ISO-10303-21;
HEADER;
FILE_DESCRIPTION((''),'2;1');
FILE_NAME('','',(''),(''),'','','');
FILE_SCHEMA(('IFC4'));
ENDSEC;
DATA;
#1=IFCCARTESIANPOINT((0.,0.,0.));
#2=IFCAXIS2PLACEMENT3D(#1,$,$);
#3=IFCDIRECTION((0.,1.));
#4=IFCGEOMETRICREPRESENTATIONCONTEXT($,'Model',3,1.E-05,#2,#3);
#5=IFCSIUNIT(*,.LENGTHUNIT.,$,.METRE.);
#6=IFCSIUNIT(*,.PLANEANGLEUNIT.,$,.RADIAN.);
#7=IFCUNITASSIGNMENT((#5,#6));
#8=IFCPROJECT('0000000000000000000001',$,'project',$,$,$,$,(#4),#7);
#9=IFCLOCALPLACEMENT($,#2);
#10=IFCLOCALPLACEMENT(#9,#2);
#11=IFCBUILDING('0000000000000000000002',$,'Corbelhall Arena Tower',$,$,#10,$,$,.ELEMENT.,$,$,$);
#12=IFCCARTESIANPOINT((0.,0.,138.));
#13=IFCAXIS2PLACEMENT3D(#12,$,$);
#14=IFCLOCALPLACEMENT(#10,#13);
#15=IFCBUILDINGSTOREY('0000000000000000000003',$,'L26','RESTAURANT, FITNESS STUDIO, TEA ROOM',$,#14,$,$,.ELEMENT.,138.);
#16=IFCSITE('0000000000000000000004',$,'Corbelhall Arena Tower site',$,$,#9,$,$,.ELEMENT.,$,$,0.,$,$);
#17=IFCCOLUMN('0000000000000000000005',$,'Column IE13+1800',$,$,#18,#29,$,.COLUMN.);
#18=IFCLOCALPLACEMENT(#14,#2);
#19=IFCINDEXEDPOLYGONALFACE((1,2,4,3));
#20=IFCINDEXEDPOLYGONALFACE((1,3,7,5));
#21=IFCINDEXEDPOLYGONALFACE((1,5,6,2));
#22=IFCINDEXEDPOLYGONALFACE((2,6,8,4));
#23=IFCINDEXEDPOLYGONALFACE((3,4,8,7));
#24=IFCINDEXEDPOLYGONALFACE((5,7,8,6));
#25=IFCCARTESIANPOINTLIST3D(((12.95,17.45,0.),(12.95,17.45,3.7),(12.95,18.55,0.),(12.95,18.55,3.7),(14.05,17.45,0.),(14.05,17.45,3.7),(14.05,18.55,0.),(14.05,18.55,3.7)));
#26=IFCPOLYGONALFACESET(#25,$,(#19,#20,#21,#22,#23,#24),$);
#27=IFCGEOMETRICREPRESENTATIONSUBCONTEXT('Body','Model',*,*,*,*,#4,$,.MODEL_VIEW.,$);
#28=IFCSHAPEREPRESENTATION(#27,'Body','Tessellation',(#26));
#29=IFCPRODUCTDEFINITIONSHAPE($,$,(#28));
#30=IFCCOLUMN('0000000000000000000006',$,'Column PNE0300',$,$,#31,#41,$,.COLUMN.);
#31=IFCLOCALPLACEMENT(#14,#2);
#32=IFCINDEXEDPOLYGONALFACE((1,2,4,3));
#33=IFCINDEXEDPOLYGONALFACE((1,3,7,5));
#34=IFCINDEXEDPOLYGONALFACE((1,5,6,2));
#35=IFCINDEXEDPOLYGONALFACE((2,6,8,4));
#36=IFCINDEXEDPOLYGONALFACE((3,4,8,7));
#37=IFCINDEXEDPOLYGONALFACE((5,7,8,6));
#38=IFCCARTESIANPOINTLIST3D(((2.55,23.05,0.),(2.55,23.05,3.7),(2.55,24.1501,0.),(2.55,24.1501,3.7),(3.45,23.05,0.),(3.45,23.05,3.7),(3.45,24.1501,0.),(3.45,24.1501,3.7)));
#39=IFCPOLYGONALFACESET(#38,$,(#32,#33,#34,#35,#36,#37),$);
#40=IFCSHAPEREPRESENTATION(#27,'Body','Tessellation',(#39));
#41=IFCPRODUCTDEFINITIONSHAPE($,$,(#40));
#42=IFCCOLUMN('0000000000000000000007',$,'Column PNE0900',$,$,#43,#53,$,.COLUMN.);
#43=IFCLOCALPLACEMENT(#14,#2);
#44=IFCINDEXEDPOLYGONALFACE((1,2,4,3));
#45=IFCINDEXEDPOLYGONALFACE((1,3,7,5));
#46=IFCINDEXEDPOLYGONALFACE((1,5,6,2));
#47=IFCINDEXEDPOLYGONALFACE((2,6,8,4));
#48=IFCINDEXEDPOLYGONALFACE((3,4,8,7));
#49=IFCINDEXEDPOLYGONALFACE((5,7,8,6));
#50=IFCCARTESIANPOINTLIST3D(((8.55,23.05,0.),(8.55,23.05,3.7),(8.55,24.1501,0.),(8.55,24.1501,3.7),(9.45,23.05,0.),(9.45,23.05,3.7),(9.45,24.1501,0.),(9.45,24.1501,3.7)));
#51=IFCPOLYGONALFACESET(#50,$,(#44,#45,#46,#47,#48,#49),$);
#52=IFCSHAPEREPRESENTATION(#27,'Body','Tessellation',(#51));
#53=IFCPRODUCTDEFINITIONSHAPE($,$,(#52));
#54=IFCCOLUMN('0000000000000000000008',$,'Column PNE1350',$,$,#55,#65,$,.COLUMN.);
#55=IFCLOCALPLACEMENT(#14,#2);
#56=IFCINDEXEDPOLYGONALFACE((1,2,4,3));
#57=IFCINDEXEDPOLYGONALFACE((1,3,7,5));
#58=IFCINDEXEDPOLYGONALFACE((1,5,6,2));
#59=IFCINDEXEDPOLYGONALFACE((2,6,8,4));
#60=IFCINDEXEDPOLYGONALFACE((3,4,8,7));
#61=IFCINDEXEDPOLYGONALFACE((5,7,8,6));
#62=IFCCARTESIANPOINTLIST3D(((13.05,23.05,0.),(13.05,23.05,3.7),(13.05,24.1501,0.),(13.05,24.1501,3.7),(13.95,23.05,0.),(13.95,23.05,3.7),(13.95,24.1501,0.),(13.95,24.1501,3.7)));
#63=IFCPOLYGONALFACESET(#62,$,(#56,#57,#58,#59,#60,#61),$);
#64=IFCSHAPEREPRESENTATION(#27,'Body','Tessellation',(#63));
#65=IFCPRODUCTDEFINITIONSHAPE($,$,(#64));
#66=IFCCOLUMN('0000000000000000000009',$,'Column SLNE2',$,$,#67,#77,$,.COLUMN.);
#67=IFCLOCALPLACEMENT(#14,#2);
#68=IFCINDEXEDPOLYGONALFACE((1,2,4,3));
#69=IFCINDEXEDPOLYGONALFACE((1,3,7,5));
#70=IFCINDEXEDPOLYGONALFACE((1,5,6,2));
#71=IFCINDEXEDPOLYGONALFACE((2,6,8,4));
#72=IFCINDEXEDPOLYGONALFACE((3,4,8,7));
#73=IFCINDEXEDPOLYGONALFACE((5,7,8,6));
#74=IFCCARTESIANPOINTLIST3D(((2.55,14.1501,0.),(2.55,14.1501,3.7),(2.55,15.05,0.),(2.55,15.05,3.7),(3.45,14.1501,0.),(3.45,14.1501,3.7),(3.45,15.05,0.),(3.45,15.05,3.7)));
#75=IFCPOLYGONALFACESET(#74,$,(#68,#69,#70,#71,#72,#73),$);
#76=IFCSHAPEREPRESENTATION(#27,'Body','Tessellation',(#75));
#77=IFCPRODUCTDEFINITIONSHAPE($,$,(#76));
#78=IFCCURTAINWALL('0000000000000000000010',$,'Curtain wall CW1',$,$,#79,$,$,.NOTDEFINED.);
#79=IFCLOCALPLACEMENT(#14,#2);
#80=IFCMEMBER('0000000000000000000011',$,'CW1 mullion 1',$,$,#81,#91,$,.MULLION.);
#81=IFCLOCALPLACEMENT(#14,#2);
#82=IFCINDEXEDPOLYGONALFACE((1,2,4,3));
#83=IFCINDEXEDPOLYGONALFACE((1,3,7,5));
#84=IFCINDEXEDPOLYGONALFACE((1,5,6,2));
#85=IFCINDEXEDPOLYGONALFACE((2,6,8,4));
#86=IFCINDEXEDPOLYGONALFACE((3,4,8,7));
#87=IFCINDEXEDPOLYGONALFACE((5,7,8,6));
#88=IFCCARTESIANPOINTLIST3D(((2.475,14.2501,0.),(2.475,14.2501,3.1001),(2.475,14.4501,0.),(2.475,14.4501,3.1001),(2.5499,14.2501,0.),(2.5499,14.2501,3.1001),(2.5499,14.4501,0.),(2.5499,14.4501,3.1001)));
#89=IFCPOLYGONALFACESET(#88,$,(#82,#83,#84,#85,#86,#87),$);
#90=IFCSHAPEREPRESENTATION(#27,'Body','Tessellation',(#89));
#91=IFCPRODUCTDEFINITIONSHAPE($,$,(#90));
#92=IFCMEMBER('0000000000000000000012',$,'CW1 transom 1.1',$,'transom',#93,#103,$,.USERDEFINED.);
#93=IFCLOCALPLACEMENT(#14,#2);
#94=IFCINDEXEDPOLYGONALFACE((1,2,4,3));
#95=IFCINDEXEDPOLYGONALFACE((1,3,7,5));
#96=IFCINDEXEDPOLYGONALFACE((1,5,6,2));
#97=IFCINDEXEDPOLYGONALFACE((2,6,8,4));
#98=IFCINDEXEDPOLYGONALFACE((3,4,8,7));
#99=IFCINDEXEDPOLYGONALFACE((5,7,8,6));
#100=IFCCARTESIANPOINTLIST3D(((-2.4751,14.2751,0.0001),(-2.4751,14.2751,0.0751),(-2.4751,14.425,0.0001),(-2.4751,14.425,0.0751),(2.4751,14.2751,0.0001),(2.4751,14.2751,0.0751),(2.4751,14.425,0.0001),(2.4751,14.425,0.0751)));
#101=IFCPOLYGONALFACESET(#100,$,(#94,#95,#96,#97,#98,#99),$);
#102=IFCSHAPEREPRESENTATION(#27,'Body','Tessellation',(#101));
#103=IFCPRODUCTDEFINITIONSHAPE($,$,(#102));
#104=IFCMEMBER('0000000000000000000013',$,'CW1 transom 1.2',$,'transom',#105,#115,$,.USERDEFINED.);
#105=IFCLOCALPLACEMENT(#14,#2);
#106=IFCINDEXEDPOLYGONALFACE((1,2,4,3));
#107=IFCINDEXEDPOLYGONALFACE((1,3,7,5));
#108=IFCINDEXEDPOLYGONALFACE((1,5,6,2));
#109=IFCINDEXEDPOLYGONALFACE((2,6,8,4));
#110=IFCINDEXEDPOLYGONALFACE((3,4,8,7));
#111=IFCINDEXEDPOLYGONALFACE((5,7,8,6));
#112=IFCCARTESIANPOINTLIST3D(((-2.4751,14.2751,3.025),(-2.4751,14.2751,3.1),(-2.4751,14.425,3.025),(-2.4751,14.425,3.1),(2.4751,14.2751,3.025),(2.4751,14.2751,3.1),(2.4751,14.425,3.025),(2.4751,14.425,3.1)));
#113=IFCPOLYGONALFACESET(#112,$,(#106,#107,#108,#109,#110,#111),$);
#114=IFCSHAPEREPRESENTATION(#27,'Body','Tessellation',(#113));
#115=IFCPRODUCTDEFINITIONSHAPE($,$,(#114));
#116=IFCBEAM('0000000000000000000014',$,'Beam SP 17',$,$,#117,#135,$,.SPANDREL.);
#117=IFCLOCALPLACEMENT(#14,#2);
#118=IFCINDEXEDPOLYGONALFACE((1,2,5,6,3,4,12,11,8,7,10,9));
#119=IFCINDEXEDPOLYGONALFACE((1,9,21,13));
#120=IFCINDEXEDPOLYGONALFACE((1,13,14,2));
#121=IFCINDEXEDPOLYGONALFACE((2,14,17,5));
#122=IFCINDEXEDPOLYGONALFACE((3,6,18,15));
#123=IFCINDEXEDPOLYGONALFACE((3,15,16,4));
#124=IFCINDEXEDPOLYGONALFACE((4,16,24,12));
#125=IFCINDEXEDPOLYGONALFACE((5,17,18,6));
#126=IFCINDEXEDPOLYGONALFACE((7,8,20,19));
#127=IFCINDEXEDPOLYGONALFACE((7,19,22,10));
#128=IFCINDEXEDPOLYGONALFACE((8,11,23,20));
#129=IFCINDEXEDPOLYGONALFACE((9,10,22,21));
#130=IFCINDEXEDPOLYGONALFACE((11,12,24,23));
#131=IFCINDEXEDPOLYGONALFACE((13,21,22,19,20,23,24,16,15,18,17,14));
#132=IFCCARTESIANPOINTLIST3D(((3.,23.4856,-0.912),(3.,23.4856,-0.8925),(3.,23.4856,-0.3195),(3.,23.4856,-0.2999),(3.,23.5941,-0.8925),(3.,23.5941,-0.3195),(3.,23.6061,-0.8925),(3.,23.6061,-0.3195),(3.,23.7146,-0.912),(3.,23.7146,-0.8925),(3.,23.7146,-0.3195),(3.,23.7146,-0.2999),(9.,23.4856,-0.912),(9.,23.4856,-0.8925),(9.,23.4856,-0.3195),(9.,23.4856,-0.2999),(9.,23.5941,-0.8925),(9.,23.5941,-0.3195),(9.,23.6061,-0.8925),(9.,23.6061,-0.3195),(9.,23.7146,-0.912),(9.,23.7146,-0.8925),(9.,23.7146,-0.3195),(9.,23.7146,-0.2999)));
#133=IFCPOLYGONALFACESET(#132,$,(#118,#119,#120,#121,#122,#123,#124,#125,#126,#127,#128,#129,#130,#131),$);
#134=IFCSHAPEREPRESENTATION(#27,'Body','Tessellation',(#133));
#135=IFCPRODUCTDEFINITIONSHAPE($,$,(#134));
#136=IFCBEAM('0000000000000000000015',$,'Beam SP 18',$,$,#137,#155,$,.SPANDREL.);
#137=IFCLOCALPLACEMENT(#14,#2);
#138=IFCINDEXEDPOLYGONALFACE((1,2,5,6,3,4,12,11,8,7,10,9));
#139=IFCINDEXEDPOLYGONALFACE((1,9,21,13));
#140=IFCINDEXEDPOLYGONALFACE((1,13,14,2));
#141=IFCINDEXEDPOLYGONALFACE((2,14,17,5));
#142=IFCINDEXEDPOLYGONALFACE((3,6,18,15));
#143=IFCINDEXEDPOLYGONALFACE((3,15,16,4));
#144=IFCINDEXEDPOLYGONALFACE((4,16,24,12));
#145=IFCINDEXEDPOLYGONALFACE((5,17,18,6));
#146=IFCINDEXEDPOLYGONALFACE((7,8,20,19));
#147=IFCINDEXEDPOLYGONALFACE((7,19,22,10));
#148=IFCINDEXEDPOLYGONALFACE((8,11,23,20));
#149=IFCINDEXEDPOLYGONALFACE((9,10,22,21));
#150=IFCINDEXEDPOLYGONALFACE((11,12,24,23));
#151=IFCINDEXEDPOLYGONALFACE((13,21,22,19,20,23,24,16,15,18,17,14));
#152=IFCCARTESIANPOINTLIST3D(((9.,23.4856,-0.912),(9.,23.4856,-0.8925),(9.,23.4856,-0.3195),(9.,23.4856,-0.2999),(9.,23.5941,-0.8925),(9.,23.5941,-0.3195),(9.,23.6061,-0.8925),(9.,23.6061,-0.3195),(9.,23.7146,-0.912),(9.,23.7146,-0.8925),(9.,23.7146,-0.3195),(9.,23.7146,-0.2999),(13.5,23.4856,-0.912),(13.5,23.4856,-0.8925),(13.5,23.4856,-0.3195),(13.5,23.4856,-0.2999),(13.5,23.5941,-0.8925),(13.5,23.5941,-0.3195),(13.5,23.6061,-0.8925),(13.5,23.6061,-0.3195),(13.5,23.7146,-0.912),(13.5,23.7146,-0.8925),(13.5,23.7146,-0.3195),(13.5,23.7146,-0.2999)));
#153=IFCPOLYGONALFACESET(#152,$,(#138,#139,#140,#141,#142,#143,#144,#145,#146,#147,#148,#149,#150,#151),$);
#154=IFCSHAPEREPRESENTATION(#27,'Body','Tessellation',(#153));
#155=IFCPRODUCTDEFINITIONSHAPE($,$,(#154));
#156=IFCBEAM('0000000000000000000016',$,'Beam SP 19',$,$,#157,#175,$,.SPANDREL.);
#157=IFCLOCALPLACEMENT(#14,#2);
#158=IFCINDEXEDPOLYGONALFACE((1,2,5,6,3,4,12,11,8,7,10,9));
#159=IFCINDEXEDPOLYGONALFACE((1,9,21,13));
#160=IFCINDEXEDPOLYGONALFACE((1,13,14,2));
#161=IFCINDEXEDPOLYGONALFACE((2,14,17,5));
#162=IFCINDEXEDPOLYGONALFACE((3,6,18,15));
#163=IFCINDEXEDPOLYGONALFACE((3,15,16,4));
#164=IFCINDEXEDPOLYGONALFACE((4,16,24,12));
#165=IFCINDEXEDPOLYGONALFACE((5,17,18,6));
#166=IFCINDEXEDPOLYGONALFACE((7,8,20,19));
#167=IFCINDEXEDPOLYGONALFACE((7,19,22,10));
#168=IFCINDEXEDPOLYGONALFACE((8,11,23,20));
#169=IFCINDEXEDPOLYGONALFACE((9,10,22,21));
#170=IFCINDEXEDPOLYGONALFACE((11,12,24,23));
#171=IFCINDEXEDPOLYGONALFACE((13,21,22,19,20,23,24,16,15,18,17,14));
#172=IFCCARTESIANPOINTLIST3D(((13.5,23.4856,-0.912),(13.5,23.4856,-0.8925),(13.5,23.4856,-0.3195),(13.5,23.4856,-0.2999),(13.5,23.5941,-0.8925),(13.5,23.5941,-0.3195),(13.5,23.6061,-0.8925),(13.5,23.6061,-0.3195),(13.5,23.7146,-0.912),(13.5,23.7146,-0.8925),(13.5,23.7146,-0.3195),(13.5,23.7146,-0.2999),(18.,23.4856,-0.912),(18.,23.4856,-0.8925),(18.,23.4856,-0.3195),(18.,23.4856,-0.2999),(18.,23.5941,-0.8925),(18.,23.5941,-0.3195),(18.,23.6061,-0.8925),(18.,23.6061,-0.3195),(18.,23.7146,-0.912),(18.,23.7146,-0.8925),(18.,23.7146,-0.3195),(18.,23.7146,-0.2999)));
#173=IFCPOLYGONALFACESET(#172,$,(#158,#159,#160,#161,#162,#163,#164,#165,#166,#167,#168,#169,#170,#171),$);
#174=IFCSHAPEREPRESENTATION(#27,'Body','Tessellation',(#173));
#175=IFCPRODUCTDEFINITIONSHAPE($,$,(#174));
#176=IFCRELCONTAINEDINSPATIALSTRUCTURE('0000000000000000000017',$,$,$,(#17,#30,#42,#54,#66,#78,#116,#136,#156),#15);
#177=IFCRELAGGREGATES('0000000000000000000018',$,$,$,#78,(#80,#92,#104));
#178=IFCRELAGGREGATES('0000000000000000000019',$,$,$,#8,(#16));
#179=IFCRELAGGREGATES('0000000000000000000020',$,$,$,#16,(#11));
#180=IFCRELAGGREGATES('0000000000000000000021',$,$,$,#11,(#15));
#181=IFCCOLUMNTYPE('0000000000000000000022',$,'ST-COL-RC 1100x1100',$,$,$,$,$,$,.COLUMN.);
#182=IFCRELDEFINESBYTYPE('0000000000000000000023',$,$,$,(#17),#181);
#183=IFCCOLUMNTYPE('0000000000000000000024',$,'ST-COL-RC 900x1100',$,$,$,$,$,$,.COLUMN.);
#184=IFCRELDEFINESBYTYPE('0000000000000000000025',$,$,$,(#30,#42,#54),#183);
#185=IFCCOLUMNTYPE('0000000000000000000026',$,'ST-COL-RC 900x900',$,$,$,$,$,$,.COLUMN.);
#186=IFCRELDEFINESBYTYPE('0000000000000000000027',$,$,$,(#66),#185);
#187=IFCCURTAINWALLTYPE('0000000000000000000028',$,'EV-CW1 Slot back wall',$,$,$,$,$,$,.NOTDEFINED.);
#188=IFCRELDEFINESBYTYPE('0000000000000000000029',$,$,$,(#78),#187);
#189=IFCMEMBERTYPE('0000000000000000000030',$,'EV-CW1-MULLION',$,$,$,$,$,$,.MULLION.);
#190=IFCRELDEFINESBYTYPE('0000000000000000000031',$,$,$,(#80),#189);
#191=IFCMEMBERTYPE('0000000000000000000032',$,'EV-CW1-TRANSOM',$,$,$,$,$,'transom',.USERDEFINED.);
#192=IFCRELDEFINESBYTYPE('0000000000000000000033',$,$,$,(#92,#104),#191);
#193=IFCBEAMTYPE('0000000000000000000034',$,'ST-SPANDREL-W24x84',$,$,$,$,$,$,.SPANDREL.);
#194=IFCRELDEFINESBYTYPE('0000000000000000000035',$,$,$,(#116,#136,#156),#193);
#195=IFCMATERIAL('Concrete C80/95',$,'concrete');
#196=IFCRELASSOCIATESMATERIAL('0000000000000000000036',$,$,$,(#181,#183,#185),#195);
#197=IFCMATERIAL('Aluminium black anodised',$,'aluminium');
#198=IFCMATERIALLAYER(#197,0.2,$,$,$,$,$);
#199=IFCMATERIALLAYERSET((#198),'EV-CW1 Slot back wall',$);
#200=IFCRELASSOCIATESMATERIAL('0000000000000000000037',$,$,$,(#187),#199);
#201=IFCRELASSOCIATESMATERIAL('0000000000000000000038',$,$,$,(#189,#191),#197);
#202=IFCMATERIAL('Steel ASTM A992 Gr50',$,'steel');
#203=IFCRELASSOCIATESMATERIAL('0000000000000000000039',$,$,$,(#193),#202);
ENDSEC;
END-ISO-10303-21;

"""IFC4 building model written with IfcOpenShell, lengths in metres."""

from ifc_helpers import new_model, si_unit, direction, frame, origin, origin_2d, place, context, subcontext, project, spatial, rectangle, i_section, extrude, material, layer, layer_set, material_profile, profile_set, type_object, element, aggregate, save


model = new_model("IFC4")

# Units and contexts
model_context = context("Model", 3, precision=1e-05, world=origin(), true_north=direction((0.0, 1.0)))
body_context = subcontext(model_context, "Body", "Model", "MODEL_VIEW")
ifc_project = project(units=[si_unit("LENGTHUNIT", "METRE"), si_unit("PLANEANGLEUNIT", "RADIAN")], contexts=[model_context])

# Site, building, storey
site_placement = place(None, origin())
site = spatial("IfcSite", under=ifc_project, at=site_placement, Name="Corbelhall Arena Tower site", CompositionType="ELEMENT", RefElevation=0.0)
building_placement = place(site_placement, origin())
building = spatial("IfcBuilding", under=site, at=building_placement, Name="Corbelhall Arena Tower", CompositionType="ELEMENT")
storey_placement = place(building_placement, frame((0.0, 0.0, 138.0)))
storey = spatial("IfcBuildingStorey", under=building, at=storey_placement, Name="L26", Description="RESTAURANT, FITNESS STUDIO, TEA ROOM", CompositionType="ELEMENT", Elevation=138.0)

# Columns
ifc_material_1 = material(Name="Concrete C80/95", Category="concrete")
ifc_material_profile_1 = material_profile(ifc_material_1, rectangle(XDim=1.1001, YDim=1.1001, at=origin_2d()))
ifc_profile_set_1 = profile_set([ifc_material_profile_1], Name="Concrete C80/95")
column_type_1 = type_object("IfcColumnType", Name="ST-COL-RC 1100x1100", PredefinedType="COLUMN", material=ifc_profile_set_1)
column_1_placement = place(storey_placement, frame((13.5, 18.0, 0.0), z_axis=(0.0, 0.0, 1.0), x_axis=(1.0, 0.0, 0.0)))
element("IfcColumn", 1, at=column_1_placement, inside=storey, type_object=column_type_1, Name="Column IE13+1800", PredefinedType="COLUMN", context=body_context, shape_type="SweptSolid", body=[
    extrude(rectangle(XDim=1.1001, YDim=1.1001, at=origin_2d()), origin(), (0.0, 0.0, 1.0), 3.7),
])
ifc_material_profile_2 = material_profile(ifc_material_1, rectangle(XDim=0.8999, YDim=1.1001, at=origin_2d()))
ifc_profile_set_2 = profile_set([ifc_material_profile_2], Name="Concrete C80/95")
column_type_2 = type_object("IfcColumnType", Name="ST-COL-RC 900x1100", PredefinedType="COLUMN", material=ifc_profile_set_2)
for number, where, z_axis, x_axis, name in (
    (2, (3.0, 23.6001, 0.0), (0.0, 0.0, 1.0), (1.0, 0.0, 0.0), "Column PNE0300"),
    (3, (9.0, 23.6001, 0.0), (0.0, 0.0, 1.0), (1.0, 0.0, 0.0), "Column PNE0900"),
    (4, (13.5, 23.6001, 0.0), (0.0, 0.0, 1.0), (1.0, 0.0, 0.0), "Column PNE1350"),
):
    element("IfcColumn", number, at=place(storey_placement, frame(where, z_axis=z_axis, x_axis=x_axis)), inside=storey, type_object=column_type_2, Name=name, PredefinedType="COLUMN", context=body_context, shape_type="SweptSolid", body=[
        extrude(rectangle(XDim=0.8999, YDim=1.1001, at=origin_2d()), origin(), (0.0, 0.0, 1.0), 3.7),
    ])
ifc_material_profile_3 = material_profile(ifc_material_1, rectangle(XDim=0.8999, YDim=0.8999, at=origin_2d()))
ifc_profile_set_3 = profile_set([ifc_material_profile_3], Name="Concrete C80/95")
column_type_3 = type_object("IfcColumnType", Name="ST-COL-RC 900x900", PredefinedType="COLUMN", material=ifc_profile_set_3)
column_2_placement = place(storey_placement, frame((3.0, 14.6001, 0.0), z_axis=(0.0, 0.0, 1.0), x_axis=(1.0, 0.0, 0.0)))
element("IfcColumn", 5, at=column_2_placement, inside=storey, type_object=column_type_3, Name="Column SLNE2", PredefinedType="COLUMN", context=body_context, shape_type="SweptSolid", body=[
    extrude(rectangle(XDim=0.8999, YDim=0.8999, at=origin_2d()), origin(), (0.0, 0.0, 1.0), 3.7),
])

# Curtain wall, members
ifc_material_2 = material(Name="Aluminium black anodised", Category="aluminium")
ifc_layer_1 = layer(ifc_material_2, 0.2)
ifc_layer_set_1 = layer_set([ifc_layer_1], Name="EV-CW1 Slot back wall")
curtain_wall_type = type_object("IfcCurtainWallType", Name="EV-CW1 Slot back wall", PredefinedType="NOTDEFINED", material=ifc_layer_set_1)
curtain_wall_placement = place(storey_placement, origin())
curtain_wall = element("IfcCurtainWall", 6, at=curtain_wall_placement, inside=storey, type_object=curtain_wall_type, Name="Curtain wall CW1", PredefinedType="NOTDEFINED")
ifc_material_profile_4 = material_profile(ifc_material_2, rectangle(XDim=0.2, YDim=0.075, at=origin_2d()))
ifc_profile_set_4 = profile_set([ifc_material_profile_4], Name="Aluminium black anodised")
member_type_1 = type_object("IfcMemberType", Name="EV-CW1-MULLION", PredefinedType="MULLION", material=ifc_profile_set_4)
member_1_placement = place(storey_placement, frame((2.5125, 14.3501, 0.0), z_axis=(0.0, 0.0, 1.0), x_axis=(0.0, -1.0, 0.0)))
member_1 = element("IfcMember", 7, at=member_1_placement, type_object=member_type_1, Name="CW1 mullion 1", PredefinedType="MULLION", context=body_context, shape_type="SweptSolid", body=[
    extrude(rectangle(XDim=0.2, YDim=0.075, at=origin_2d()), origin(), (0.0, 0.0, 1.0), 3.1001),
])
ifc_material_profile_5 = material_profile(ifc_material_2, rectangle(XDim=0.1499, YDim=0.075, at=origin_2d()))
ifc_profile_set_5 = profile_set([ifc_material_profile_5], Name="Aluminium black anodised")
member_type_2 = type_object("IfcMemberType", Name="EV-CW1-TRANSOM", ElementType="transom", PredefinedType="USERDEFINED", material=ifc_profile_set_5)
member_2_placement = place(storey_placement, frame((2.4751, 14.3501, 0.0376), z_axis=(-1.0, 0.0, 0.0), x_axis=(0.0, -1.0, 0.0)))
member_2 = element("IfcMember", 8, at=member_2_placement, type_object=member_type_2, Name="CW1 transom 1.1", ObjectType="transom", PredefinedType="USERDEFINED", context=body_context, shape_type="SweptSolid", body=[
    extrude(rectangle(XDim=0.1499, YDim=0.075, at=origin_2d()), origin(), (0.0, 0.0, 1.0), 4.9502),
])
member_3_placement = place(storey_placement, frame((2.4751, 14.3501, 3.0625), z_axis=(-1.0, 0.0, 0.0), x_axis=(0.0, -1.0, 0.0)))
member_3 = element("IfcMember", 9, at=member_3_placement, type_object=member_type_2, Name="CW1 transom 1.2", ObjectType="transom", PredefinedType="USERDEFINED", context=body_context, shape_type="SweptSolid", body=[
    extrude(rectangle(XDim=0.1499, YDim=0.075, at=origin_2d()), origin(), (0.0, 0.0, 1.0), 4.9502),
])

# Beams
ifc_material_3 = material(Name="Steel ASTM A992 Gr50", Category="steel")
ifc_material_profile_6 = material_profile(ifc_material_3, i_section(OverallWidth=0.229, OverallDepth=0.6121, WebThickness=0.012, FlangeThickness=0.0195, at=origin_2d()))
ifc_profile_set_6 = profile_set([ifc_material_profile_6], Name="Steel ASTM A992 Gr50")
beam_type_1 = type_object("IfcBeamType", Name="ST-SPANDREL-W24x84", PredefinedType="SPANDREL", material=ifc_profile_set_6)
beam_1_placement = place(storey_placement, frame((3.0, 23.6001, -0.606), z_axis=(1.0, 0.0, 0.0), x_axis=(0.0, 1.0, 0.0)))
element("IfcBeam", 10, at=beam_1_placement, inside=storey, type_object=beam_type_1, Name="Beam SP 17", PredefinedType="SPANDREL", context=body_context, shape_type="SweptSolid", body=[
    extrude(i_section(OverallWidth=0.229, OverallDepth=0.6121, WebThickness=0.012, FlangeThickness=0.0195, at=origin_2d()), origin(), (0.0, 0.0, 1.0), 6.0),
])
for number, where, z_axis, x_axis, name in (
    (11, (9.0, 23.6001, -0.606), (1.0, 0.0, 0.0), (0.0, 1.0, 0.0), "Beam SP 18"),
    (12, (13.5, 23.6001, -0.606), (1.0, 0.0, 0.0), (0.0, 1.0, 0.0), "Beam SP 19"),
):
    element("IfcBeam", number, at=place(storey_placement, frame(where, z_axis=z_axis, x_axis=x_axis)), inside=storey, type_object=beam_type_1, Name=name, PredefinedType="SPANDREL", context=body_context, shape_type="SweptSolid", body=[
        extrude(i_section(OverallWidth=0.229, OverallDepth=0.6121, WebThickness=0.012, FlangeThickness=0.0195, at=origin_2d()), origin(), (0.0, 0.0, 1.0), 4.5),
    ])

aggregate(curtain_wall, [member_1, member_2, member_3])

save(model, "model.ifc")
